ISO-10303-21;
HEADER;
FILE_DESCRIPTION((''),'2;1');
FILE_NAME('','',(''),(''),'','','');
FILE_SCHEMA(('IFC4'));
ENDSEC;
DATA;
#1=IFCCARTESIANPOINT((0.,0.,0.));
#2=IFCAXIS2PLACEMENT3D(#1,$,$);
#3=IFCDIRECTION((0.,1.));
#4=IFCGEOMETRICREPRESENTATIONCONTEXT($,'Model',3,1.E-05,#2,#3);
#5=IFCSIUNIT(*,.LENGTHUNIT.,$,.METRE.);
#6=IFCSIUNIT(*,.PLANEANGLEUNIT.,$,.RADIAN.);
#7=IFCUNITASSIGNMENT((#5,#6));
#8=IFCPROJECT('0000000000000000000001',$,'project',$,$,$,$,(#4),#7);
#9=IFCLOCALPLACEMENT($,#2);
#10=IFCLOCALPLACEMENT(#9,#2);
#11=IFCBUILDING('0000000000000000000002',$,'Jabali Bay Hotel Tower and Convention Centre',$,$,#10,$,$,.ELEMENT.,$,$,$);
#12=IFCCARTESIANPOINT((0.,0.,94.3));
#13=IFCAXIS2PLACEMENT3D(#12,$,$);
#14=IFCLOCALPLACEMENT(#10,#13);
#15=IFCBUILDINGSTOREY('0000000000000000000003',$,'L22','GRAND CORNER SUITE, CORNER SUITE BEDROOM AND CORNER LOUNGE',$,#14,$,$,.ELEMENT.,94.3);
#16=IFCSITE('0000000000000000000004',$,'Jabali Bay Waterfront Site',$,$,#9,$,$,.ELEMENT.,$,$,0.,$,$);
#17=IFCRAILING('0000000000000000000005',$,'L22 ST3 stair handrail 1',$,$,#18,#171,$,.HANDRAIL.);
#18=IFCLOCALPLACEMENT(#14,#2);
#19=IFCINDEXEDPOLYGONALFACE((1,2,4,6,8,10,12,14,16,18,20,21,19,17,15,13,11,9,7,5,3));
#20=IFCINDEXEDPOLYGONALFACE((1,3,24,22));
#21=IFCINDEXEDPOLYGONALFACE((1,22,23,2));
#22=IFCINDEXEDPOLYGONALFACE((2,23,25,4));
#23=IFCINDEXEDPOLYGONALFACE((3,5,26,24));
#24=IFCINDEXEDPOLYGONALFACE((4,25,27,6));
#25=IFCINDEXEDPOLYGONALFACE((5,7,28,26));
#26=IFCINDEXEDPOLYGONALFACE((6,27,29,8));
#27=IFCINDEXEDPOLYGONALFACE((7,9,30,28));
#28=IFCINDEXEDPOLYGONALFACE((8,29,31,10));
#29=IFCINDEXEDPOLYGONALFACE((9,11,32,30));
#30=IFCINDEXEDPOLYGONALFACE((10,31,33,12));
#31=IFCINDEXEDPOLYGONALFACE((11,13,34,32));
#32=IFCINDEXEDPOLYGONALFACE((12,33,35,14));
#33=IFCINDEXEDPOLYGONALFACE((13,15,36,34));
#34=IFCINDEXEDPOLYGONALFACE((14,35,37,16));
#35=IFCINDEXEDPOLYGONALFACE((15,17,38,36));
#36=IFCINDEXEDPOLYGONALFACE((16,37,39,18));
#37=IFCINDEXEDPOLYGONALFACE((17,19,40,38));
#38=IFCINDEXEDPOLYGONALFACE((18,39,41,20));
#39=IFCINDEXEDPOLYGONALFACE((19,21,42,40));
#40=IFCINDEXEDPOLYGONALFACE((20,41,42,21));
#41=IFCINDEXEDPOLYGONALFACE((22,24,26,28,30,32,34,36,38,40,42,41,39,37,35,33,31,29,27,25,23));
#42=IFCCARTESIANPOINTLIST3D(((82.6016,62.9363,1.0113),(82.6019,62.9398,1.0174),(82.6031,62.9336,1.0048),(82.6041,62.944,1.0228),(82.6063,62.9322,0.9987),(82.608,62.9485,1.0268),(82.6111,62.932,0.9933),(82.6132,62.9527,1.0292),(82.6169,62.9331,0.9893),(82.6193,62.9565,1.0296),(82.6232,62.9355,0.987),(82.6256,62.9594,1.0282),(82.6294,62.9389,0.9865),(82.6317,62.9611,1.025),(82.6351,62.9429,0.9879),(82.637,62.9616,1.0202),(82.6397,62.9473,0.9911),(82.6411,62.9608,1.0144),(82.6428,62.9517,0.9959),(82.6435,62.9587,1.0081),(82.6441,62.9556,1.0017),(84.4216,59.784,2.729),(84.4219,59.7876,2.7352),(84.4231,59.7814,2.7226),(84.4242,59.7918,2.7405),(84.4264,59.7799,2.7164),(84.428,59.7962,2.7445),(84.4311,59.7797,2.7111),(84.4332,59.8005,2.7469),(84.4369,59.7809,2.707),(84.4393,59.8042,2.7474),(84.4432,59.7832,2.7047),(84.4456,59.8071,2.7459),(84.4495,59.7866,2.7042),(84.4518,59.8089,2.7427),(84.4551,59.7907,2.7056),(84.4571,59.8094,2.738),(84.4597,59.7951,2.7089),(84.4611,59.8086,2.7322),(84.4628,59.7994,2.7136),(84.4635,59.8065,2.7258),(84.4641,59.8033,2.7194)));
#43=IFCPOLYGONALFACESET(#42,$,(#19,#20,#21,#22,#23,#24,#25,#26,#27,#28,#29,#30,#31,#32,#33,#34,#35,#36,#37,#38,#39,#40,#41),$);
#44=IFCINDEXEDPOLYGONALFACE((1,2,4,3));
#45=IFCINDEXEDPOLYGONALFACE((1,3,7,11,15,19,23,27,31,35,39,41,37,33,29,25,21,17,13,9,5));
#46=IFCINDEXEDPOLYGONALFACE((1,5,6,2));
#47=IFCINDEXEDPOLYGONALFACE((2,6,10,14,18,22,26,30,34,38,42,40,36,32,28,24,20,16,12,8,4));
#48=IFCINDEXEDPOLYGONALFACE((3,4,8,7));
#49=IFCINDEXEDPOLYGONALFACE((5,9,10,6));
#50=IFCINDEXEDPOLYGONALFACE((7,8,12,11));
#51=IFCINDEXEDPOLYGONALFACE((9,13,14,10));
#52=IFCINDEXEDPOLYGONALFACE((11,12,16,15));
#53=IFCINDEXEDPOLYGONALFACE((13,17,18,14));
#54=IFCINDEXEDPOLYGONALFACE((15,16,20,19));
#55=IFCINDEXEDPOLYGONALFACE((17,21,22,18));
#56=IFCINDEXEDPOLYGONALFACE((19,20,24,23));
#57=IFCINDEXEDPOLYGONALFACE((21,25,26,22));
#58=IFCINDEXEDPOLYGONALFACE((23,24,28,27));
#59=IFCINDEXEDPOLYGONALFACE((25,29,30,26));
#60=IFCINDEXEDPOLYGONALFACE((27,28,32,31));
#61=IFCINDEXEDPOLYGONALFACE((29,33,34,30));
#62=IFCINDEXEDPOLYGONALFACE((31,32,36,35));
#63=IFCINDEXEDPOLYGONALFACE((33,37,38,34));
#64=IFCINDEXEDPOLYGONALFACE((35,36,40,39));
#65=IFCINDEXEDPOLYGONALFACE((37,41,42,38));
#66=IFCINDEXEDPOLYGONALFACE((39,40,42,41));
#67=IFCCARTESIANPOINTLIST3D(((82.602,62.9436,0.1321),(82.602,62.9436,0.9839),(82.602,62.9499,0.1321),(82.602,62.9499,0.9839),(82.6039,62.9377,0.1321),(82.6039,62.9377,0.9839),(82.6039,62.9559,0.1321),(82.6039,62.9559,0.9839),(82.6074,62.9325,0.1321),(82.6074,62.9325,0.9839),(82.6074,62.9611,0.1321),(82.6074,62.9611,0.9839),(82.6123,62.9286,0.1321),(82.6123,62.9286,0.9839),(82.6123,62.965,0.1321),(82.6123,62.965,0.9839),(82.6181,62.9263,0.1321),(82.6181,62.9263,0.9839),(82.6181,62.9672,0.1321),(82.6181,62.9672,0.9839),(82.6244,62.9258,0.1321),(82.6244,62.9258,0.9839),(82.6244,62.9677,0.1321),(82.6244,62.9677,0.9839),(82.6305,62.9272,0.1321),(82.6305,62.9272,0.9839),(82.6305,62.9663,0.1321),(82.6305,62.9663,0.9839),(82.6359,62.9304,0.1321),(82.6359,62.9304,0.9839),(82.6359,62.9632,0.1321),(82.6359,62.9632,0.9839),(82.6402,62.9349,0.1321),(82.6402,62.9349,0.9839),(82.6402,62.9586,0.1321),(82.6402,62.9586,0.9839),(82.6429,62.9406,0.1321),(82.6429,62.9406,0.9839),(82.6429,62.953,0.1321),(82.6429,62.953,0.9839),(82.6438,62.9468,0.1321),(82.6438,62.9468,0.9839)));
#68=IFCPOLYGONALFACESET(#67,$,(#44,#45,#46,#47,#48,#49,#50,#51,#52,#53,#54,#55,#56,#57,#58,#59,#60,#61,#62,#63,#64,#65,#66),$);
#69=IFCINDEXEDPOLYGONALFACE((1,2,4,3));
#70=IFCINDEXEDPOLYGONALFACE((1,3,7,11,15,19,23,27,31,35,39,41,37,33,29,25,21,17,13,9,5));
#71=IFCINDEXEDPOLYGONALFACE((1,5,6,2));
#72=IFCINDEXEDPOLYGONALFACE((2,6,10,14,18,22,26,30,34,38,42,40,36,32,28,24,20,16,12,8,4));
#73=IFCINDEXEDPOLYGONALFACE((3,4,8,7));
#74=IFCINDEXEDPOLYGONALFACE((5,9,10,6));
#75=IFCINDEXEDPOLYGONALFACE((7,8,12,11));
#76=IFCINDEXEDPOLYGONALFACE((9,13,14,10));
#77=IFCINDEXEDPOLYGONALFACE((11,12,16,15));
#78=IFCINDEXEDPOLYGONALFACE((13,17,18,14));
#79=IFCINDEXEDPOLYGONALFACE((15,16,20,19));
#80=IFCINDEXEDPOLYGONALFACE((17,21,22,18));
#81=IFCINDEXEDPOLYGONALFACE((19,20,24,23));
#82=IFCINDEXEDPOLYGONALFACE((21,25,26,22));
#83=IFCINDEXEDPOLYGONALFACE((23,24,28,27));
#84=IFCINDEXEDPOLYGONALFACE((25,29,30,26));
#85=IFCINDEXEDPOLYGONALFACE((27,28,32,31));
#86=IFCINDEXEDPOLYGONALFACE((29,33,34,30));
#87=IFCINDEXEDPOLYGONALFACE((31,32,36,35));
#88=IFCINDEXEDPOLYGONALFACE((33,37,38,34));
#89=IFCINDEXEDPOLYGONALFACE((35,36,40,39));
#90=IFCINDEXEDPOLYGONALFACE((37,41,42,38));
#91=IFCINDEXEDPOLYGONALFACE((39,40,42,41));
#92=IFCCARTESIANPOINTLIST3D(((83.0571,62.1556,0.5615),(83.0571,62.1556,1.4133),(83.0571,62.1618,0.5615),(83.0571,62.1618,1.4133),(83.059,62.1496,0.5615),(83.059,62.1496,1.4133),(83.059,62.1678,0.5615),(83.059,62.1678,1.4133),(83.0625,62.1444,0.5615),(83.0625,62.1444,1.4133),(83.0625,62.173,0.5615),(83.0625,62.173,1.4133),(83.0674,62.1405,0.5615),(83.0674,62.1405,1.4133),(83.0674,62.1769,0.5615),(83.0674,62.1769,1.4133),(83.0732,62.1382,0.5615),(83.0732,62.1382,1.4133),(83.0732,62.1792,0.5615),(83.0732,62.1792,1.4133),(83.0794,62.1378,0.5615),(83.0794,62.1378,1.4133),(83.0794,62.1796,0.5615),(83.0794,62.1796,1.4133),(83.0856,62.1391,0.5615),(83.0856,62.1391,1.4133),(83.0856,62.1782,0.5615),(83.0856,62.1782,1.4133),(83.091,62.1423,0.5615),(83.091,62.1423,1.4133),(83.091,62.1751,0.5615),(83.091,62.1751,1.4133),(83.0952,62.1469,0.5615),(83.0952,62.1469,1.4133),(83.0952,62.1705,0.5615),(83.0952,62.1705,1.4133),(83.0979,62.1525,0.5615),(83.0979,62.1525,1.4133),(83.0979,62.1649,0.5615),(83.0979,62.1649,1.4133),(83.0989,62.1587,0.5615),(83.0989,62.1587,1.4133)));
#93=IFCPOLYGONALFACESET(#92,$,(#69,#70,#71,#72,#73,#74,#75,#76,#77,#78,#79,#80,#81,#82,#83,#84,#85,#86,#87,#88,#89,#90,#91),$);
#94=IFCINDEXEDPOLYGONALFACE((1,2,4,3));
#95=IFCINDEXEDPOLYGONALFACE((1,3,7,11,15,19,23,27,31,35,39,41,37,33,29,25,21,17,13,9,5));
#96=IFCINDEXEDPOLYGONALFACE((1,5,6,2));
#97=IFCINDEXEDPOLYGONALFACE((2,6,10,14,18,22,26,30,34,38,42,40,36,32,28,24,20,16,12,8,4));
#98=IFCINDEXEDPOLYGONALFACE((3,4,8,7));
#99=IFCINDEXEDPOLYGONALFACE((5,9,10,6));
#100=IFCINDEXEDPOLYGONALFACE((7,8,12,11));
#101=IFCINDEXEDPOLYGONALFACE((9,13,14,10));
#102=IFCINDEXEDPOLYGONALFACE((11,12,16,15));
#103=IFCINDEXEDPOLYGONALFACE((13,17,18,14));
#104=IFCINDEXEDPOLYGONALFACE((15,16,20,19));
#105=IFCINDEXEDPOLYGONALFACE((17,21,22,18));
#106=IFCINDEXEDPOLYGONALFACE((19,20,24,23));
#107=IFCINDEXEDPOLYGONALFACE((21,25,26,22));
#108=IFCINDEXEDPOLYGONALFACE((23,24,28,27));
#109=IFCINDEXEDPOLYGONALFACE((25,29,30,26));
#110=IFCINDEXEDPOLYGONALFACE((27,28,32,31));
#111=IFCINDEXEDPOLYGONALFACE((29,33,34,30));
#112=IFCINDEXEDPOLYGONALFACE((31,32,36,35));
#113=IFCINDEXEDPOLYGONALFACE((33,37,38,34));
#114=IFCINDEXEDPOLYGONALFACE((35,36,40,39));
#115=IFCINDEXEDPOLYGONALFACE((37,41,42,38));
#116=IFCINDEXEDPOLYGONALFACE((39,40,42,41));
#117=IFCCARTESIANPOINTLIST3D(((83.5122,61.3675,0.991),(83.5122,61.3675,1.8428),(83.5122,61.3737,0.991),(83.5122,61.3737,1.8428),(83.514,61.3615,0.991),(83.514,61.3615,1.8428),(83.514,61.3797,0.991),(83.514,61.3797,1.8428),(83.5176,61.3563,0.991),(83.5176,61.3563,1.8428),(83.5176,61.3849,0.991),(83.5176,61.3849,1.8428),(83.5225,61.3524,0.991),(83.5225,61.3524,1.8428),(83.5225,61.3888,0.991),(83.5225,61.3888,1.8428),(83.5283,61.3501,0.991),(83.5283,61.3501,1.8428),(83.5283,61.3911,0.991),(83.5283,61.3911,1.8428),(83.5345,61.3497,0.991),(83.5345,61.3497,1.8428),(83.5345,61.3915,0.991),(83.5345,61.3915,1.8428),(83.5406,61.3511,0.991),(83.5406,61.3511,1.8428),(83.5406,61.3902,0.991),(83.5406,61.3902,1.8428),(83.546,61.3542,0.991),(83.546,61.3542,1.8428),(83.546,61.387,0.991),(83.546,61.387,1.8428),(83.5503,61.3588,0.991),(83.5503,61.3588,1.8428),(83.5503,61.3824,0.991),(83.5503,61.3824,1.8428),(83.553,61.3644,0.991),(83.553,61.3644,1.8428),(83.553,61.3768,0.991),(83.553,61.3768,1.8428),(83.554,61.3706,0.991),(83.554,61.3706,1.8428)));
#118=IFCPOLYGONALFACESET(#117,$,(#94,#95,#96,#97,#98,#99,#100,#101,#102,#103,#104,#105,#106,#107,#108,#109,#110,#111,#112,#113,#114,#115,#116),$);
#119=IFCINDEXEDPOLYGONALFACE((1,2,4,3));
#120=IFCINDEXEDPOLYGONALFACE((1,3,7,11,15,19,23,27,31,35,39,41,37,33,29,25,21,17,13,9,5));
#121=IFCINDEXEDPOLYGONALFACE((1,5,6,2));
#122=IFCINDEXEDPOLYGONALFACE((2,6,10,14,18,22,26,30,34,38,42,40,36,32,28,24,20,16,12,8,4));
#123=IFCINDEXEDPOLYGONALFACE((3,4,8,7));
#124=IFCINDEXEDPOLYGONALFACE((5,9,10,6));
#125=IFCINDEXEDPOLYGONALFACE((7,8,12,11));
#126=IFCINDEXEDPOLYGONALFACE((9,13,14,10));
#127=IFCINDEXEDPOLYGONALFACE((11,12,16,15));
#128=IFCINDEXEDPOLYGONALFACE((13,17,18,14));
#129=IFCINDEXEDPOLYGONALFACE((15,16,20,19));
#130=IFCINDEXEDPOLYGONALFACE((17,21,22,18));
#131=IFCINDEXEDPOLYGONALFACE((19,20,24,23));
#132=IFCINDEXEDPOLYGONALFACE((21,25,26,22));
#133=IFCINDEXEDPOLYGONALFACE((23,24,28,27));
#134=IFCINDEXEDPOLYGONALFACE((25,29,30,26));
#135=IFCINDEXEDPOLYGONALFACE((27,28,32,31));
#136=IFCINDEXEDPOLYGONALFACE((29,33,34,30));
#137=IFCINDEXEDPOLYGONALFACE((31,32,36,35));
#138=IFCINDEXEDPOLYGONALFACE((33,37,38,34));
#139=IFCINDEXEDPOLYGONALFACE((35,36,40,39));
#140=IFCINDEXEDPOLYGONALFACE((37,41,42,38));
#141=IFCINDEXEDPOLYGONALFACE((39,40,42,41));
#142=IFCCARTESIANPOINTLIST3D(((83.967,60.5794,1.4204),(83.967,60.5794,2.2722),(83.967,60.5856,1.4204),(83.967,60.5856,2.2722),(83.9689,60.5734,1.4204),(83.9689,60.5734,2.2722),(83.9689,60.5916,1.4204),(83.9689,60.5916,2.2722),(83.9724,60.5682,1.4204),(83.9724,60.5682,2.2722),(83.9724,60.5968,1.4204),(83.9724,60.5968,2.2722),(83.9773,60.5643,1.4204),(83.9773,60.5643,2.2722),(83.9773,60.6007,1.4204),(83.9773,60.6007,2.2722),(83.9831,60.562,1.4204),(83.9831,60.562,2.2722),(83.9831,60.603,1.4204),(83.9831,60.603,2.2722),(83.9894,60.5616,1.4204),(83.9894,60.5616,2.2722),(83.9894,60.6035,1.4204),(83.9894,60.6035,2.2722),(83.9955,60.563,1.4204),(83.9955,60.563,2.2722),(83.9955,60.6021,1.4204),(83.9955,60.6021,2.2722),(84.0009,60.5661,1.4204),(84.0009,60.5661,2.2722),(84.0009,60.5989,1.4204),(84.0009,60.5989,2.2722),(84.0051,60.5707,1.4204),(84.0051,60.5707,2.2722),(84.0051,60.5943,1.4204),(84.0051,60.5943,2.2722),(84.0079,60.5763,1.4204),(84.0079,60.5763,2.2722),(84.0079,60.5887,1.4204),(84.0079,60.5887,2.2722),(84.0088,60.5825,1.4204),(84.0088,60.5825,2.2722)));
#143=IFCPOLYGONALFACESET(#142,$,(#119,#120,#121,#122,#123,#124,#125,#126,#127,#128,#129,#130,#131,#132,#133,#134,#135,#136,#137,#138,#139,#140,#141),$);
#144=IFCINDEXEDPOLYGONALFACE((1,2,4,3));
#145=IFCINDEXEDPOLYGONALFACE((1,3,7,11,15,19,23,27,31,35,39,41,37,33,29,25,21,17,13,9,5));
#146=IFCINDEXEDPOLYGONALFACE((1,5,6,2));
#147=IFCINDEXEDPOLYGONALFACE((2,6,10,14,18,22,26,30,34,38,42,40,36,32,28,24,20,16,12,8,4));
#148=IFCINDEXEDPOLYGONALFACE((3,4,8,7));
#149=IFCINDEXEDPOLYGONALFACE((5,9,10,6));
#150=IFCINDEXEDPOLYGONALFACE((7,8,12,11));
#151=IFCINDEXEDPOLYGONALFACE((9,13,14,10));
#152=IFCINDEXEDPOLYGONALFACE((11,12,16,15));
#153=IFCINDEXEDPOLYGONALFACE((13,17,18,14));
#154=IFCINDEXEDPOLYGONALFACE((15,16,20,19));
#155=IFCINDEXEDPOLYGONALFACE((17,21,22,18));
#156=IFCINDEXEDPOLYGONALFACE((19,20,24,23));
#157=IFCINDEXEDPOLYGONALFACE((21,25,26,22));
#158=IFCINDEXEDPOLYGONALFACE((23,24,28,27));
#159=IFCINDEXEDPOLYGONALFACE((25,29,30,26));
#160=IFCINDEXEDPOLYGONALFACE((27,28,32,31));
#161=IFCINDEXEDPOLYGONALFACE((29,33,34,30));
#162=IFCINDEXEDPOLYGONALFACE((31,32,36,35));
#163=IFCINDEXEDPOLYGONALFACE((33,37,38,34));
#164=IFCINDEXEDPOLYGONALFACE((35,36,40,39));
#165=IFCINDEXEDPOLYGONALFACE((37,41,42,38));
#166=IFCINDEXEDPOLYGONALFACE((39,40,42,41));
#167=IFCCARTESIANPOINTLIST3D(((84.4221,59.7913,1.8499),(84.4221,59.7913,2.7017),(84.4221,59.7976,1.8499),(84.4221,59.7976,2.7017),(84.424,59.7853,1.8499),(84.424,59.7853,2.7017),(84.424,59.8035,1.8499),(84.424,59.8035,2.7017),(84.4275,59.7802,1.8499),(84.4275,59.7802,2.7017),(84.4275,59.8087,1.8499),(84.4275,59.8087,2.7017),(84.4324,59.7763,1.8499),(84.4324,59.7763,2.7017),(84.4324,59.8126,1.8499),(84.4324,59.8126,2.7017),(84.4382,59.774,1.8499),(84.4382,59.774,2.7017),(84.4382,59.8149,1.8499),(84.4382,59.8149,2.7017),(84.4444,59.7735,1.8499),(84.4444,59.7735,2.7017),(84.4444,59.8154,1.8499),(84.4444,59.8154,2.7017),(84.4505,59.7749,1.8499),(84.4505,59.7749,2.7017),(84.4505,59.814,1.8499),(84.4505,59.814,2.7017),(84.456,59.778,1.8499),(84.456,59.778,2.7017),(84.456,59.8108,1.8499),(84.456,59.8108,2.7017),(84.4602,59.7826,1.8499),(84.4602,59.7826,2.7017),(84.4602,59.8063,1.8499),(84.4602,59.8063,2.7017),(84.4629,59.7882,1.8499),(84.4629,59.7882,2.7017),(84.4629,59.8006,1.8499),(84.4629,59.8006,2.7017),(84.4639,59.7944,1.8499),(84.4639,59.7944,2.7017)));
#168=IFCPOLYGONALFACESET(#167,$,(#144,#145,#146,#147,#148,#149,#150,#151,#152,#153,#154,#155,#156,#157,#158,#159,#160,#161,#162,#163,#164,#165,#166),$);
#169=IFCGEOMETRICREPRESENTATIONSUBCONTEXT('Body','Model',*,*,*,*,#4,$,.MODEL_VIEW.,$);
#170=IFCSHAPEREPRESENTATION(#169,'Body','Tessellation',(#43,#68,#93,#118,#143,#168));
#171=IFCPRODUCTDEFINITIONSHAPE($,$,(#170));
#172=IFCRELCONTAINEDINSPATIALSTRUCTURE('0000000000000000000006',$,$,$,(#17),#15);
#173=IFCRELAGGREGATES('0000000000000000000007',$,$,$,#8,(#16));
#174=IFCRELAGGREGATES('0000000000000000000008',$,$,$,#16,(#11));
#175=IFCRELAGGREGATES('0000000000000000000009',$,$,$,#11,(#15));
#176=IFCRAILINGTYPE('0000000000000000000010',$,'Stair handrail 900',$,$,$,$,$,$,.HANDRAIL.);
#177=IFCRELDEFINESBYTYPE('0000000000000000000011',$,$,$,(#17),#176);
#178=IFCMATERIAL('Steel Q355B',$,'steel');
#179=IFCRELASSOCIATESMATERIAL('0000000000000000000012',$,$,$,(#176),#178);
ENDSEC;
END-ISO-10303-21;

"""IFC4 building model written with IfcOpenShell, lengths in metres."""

from ifc_helpers import new_model, si_unit, direction, frame, origin, origin_2d, place, context, subcontext, project, spatial, circle, extrude, material, type_object, element, save


model = new_model("IFC4")

# Units and contexts
model_context = context("Model", 3, precision=1e-05, world=origin(), true_north=direction((0.0, 1.0)))
body_context = subcontext(model_context, "Body", "Model", "MODEL_VIEW")
ifc_project = project(units=[si_unit("LENGTHUNIT", "METRE"), si_unit("PLANEANGLEUNIT", "RADIAN")], contexts=[model_context])

# Site, building, storey
site_placement = place(None, origin())
site = spatial("IfcSite", under=ifc_project, at=site_placement, Name="Jabali Bay Waterfront Site", CompositionType="ELEMENT", RefElevation=0.0)
building_placement = place(site_placement, origin())
building = spatial("IfcBuilding", under=site, at=building_placement, Name="Jabali Bay Hotel Tower and Convention Centre", CompositionType="ELEMENT")
storey_placement = place(building_placement, frame((0.0, 0.0, 94.3)))
storey = spatial("IfcBuildingStorey", under=building, at=storey_placement, Name="L22", Description="GRAND CORNER SUITE, CORNER SUITE BEDROOM AND CORNER LOUNGE", CompositionType="ELEMENT", Elevation=94.3)

# Railing
ifc_material_1 = material(Name="Steel Q355B", Category="steel")
railing_type_1 = type_object("IfcRailingType", Name="Stair handrail 900", PredefinedType="HANDRAIL", material=ifc_material_1)
railing_1_placement = place(storey_placement, frame((82.6228, 62.9468, 0.1321)))
element("IfcRailing", 1, at=railing_1_placement, inside=storey, type_object=railing_type_1, Name="L22 ST3 stair handrail 1", PredefinedType="HANDRAIL", context=body_context, shape_type="SweptSolid", body=[
    extrude(circle(Radius=0.0239, at=origin_2d()), frame((0.0, 0.0, 0.876), z_axis=(0.45219, -0.78319, 0.426775), x_axis=(0.866018, 0.500013, 0.0)), (0.0, 0.0, 1.0), 4.0249),
    extrude(circle(Radius=0.021, at=origin_2d()), origin(), (0.0, 0.0, 1.0), 0.8518),
    extrude(circle(Radius=0.021, at=origin_2d()), frame((0.4551, -0.7881, 0.4294)), (0.0, 0.0, 1.0), 0.8518),
    extrude(circle(Radius=0.021, at=origin_2d()), frame((0.9102, -1.5762, 0.8589)), (0.0, 0.0, 1.0), 0.8518),
    extrude(circle(Radius=0.021, at=origin_2d()), frame((1.365, -2.3643, 1.2883)), (0.0, 0.0, 1.0), 0.8518),
    extrude(circle(Radius=0.021, at=origin_2d()), frame((1.8201, -3.1523, 1.7178)), (0.0, 0.0, 1.0), 0.8518),
])

save(model, "model.ifc")
